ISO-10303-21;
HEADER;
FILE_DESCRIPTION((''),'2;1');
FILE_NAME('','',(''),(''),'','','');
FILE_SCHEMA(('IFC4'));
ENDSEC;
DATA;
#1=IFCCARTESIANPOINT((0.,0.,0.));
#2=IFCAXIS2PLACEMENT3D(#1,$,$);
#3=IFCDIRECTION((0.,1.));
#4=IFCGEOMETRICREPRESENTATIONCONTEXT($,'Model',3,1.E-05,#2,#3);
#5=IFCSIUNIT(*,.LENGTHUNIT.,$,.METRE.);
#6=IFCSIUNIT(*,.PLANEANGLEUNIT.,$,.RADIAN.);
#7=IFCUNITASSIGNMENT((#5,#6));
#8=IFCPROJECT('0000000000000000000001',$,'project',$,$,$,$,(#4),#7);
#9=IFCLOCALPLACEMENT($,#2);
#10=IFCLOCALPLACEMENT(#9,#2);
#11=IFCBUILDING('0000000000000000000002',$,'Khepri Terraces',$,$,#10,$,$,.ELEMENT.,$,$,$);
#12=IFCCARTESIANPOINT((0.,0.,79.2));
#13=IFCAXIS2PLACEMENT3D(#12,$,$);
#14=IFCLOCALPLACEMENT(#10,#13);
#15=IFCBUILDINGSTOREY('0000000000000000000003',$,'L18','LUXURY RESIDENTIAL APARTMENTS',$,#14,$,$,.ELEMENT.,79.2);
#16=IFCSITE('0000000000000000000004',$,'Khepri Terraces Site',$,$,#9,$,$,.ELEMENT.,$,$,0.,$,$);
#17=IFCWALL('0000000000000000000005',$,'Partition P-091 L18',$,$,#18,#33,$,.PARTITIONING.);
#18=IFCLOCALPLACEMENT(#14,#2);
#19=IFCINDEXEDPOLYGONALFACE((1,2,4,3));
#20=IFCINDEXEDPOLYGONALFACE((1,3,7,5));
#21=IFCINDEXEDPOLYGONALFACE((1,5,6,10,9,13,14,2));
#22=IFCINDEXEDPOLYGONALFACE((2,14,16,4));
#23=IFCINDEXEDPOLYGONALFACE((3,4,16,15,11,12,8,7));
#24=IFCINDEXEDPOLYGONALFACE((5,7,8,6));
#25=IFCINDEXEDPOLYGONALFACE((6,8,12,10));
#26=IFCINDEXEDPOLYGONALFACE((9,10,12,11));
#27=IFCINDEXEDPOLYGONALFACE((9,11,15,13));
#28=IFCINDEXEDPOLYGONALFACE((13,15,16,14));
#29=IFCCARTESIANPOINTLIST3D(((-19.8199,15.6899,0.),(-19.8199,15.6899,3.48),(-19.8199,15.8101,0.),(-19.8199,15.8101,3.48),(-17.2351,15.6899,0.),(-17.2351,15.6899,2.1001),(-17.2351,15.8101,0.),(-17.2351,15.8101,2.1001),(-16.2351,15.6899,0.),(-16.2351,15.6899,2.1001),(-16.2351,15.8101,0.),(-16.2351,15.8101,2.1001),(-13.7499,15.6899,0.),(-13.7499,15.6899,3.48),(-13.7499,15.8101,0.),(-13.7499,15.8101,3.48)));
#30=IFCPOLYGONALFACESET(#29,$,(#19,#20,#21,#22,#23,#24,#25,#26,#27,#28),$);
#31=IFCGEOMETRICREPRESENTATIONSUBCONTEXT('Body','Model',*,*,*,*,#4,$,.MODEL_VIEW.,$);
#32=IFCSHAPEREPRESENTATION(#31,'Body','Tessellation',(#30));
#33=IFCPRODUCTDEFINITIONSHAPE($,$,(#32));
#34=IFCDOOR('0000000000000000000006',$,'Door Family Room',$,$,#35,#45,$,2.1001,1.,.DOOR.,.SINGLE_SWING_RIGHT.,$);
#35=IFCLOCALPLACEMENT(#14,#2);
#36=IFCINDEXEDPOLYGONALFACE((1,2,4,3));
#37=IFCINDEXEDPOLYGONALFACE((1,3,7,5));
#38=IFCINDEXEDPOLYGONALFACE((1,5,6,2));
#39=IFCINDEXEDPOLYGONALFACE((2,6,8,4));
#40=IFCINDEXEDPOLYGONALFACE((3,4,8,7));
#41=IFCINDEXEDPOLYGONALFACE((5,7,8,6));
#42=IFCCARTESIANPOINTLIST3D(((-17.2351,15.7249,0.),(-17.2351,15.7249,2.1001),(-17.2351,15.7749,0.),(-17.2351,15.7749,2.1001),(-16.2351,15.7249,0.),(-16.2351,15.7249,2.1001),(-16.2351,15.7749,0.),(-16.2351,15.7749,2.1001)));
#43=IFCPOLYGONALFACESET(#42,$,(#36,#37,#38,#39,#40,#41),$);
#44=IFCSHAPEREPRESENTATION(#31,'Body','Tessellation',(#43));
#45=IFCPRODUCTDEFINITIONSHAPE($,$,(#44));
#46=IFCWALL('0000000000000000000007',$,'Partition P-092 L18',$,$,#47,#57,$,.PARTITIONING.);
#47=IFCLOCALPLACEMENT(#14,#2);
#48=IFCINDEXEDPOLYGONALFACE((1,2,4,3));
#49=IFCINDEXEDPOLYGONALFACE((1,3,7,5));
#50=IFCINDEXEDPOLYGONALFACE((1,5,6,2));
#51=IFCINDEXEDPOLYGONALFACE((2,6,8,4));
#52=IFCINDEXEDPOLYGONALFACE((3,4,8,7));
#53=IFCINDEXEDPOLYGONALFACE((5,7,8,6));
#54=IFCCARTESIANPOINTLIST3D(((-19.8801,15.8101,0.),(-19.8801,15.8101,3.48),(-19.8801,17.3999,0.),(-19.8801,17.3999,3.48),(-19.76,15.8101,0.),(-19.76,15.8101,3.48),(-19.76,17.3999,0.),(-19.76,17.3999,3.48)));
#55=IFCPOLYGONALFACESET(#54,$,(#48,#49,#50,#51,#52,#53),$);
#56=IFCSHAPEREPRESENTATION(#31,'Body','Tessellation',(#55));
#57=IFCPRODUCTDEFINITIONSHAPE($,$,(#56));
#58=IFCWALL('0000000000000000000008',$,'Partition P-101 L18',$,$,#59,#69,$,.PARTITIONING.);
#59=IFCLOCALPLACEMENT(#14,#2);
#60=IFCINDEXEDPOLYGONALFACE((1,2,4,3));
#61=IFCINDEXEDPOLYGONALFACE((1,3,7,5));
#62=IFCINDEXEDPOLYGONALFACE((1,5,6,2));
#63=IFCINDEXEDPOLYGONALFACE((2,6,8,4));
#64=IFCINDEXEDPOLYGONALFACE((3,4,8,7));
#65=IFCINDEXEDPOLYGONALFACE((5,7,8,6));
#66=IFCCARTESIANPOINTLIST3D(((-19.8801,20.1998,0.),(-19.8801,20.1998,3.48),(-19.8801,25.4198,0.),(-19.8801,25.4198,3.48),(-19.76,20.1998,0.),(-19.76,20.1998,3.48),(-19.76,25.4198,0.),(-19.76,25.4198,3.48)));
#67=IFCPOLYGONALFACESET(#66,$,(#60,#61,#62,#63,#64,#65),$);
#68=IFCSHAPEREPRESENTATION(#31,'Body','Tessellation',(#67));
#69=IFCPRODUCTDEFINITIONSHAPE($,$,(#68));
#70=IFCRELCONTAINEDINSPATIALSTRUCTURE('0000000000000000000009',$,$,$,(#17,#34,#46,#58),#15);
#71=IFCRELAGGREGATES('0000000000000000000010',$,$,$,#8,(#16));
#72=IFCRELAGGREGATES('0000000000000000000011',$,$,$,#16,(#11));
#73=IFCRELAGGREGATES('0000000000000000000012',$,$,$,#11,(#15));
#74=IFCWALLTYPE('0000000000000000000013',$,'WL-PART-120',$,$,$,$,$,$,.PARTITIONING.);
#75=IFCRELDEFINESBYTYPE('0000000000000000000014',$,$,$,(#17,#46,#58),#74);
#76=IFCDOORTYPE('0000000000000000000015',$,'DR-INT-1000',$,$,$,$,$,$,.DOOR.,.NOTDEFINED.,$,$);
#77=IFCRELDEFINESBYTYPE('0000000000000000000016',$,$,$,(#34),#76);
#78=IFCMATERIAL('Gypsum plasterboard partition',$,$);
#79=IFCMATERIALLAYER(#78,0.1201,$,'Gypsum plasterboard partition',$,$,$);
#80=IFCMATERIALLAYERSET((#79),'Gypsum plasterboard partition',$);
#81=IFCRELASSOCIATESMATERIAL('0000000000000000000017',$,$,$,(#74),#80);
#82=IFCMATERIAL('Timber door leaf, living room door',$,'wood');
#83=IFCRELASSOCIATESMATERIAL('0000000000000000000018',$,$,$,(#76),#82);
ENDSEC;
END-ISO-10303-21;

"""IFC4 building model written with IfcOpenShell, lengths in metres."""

from ifc_helpers import new_model, si_unit, direction, frame, frame_2d, origin, place, context, subcontext, project, spatial, rectangle, extrude, material, layer, layer_set, type_object, element, fill, save


model = new_model("IFC4")

# Units and contexts
model_context = context("Model", 3, precision=1e-05, world=origin(), true_north=direction((0.0, 1.0)))
body_context = subcontext(model_context, "Body", "Model", "MODEL_VIEW")
ifc_project = project(units=[si_unit("LENGTHUNIT", "METRE"), si_unit("PLANEANGLEUNIT", "RADIAN")], contexts=[model_context])

# Site, building, storey
site_placement = place(None, origin())
site = spatial("IfcSite", under=ifc_project, at=site_placement, Name="Khepri Terraces Site", CompositionType="ELEMENT", RefElevation=0.0)
building_placement = place(site_placement, origin())
building = spatial("IfcBuilding", under=site, at=building_placement, Name="Khepri Terraces", CompositionType="ELEMENT")
storey_placement = place(building_placement, frame((0.0, 0.0, 79.2)))
storey = spatial("IfcBuildingStorey", under=building, at=storey_placement, Name="L18", Description="LUXURY RESIDENTIAL APARTMENTS", CompositionType="ELEMENT", Elevation=79.2)

# Wall, opening, door
ifc_material_1 = material(Name="Gypsum plasterboard partition")
ifc_layer_1 = layer(ifc_material_1, 0.1201, Name="Gypsum plasterboard partition")
ifc_layer_set_1 = layer_set([ifc_layer_1], Name="Gypsum plasterboard partition")
wall_type_1 = type_object("IfcWallType", Name="WL-PART-120", PredefinedType="PARTITIONING", material=ifc_layer_set_1)
wall_1_placement = place(storey_placement, frame((-19.8201, 15.75, 0.0), z_axis=(0.0, 0.0, 1.0), x_axis=(1.0, 0.0, 0.0)))
wall_1 = element("IfcWall", 1, at=wall_1_placement, inside=storey, type_object=wall_type_1, Name="Partition P-091 L18", PredefinedType="PARTITIONING", context=body_context, shape_type="SweptSolid", body=[
    extrude(rectangle(XDim=6.0701, YDim=0.1201, at=frame_2d((3.0352, 0.0))), origin(), (0.0, 0.0, 1.0), 3.48),
])
opening_1_placement = place(wall_1_placement, frame((2.585, 0.0, 0.0)))
opening_1 = element("IfcOpeningElement", 2, at=opening_1_placement, cuts=wall_1, PredefinedType="OPENING", context=body_context, shape_type="SweptSolid", body=[
    extrude(rectangle(XDim=1.0, YDim=2.1001, at=frame_2d((0.5, 1.05))), frame((0.0, 0.0701, 0.0), z_axis=(0.0, -1.0, 0.0), x_axis=(1.0, 0.0, 0.0)), (0.0, 0.0, 1.0), 0.1401),
])
ifc_material_2 = material(Name="Timber door leaf, living room door", Category="wood")
door_type_1 = type_object("IfcDoorType", Name="DR-INT-1000", OperationType="NOTDEFINED", PredefinedType="DOOR", material=ifc_material_2)
door_1_placement = place(opening_1_placement, origin())
door_1 = element("IfcDoor", 3, at=door_1_placement, inside=storey, type_object=door_type_1, Name="Door Family Room", OperationType="SINGLE_SWING_RIGHT", OverallHeight=2.1001, OverallWidth=1.0, PredefinedType="DOOR", context=body_context, shape_type="SweptSolid", body=[
    extrude(rectangle(XDim=1.0, YDim=2.1001, at=frame_2d((0.5, 1.05))), frame((0.0, 0.0249, 0.0), z_axis=(0.0, -1.0, 0.0), x_axis=(1.0, 0.0, 0.0)), (0.0, 0.0, 1.0), 0.05),
])
fill(opening_1, door_1)

# Walls
wall_2_placement = place(storey_placement, frame((-19.8201, 15.8101, 0.0), z_axis=(0.0, 0.0, 1.0), x_axis=(0.0, 1.0, 0.0)))
element("IfcWall", 4, at=wall_2_placement, inside=storey, type_object=wall_type_1, Name="Partition P-092 L18", PredefinedType="PARTITIONING", context=body_context, shape_type="SweptSolid", body=[
    extrude(rectangle(XDim=1.5898, YDim=0.1201, at=frame_2d((0.7949, 0.0))), origin(), (0.0, 0.0, 1.0), 3.48),
])
wall_3_placement = place(storey_placement, frame((-19.8201, 20.2, 0.0), z_axis=(0.0, 0.0, 1.0), x_axis=(0.0, 1.0, 0.0)))
element("IfcWall", 5, at=wall_3_placement, inside=storey, type_object=wall_type_1, Name="Partition P-101 L18", PredefinedType="PARTITIONING", context=body_context, shape_type="SweptSolid", body=[
    extrude(rectangle(XDim=5.22, YDim=0.1201, at=frame_2d((2.6099, 0.0))), origin(), (0.0, 0.0, 1.0), 3.48),
])

save(model, "model.ifc")
